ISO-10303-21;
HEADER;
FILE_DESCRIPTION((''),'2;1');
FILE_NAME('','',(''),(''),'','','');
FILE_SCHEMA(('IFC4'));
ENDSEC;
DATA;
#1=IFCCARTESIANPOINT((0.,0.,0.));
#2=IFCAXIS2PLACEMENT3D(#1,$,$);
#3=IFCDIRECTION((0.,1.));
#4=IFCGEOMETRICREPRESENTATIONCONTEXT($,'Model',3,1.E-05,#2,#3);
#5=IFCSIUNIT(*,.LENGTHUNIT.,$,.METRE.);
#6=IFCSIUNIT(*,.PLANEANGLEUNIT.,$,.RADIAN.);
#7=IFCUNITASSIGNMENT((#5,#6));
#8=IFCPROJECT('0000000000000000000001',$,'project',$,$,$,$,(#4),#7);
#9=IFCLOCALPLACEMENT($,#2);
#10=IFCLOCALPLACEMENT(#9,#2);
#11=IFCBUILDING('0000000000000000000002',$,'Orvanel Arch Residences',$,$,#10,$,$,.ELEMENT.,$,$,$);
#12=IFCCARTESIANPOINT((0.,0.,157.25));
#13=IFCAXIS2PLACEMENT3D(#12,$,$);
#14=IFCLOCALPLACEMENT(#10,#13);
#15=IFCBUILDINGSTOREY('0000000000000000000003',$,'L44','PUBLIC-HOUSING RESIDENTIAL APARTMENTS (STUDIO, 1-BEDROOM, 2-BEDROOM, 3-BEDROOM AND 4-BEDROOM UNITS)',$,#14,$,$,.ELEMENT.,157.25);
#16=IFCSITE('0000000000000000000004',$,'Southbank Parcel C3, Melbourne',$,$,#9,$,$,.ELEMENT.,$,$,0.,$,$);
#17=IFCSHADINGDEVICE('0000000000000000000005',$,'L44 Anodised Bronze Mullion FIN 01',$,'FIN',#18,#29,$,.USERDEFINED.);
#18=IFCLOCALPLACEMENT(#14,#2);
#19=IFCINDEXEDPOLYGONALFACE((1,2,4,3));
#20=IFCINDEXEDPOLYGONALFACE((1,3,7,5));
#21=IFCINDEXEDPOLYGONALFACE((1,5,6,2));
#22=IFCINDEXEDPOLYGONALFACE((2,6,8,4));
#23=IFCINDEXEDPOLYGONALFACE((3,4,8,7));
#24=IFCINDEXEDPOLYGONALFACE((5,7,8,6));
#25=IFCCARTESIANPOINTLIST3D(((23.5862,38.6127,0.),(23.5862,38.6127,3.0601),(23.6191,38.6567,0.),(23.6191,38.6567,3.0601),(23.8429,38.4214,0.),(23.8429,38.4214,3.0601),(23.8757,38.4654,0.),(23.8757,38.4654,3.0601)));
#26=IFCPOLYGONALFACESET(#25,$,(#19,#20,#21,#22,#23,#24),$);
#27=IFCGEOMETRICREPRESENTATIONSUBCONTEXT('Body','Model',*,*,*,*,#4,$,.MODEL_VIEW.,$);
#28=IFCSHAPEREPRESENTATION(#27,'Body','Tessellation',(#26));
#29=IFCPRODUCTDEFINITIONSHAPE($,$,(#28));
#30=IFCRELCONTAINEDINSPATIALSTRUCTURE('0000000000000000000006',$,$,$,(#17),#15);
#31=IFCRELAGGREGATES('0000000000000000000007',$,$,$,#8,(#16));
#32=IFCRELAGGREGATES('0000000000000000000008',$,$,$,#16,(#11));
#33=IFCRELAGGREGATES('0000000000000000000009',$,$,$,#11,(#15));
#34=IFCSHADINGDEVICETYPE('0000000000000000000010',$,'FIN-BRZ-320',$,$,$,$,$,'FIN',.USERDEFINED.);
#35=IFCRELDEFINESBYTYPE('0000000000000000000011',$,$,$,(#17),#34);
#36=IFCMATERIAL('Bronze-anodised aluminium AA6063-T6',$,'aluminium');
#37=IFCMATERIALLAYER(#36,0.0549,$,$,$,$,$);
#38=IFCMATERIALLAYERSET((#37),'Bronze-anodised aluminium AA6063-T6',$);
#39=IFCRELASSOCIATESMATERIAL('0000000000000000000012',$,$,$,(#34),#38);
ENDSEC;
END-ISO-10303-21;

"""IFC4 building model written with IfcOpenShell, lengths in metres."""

from ifc_helpers import new_model, si_unit, direction, frame, origin, origin_2d, place, context, subcontext, project, spatial, rectangle, extrude, material, layer, layer_set, type_object, element, save


model = new_model("IFC4")

# Units and contexts
model_context = context("Model", 3, precision=1e-05, world=origin(), true_north=direction((0.0, 1.0)))
body_context = subcontext(model_context, "Body", "Model", "MODEL_VIEW")
ifc_project = project(units=[si_unit("LENGTHUNIT", "METRE"), si_unit("PLANEANGLEUNIT", "RADIAN")], contexts=[model_context])

# Site, building, storey
site_placement = place(None, origin())
site = spatial("IfcSite", under=ifc_project, at=site_placement, Name="Southbank Parcel C3, Melbourne", CompositionType="ELEMENT", RefElevation=0.0)
building_placement = place(site_placement, origin())
building = spatial("IfcBuilding", under=site, at=building_placement, Name="Orvanel Arch Residences", CompositionType="ELEMENT")
storey_placement = place(building_placement, frame((0.0, 0.0, 157.25)))
storey = spatial("IfcBuildingStorey", under=building, at=storey_placement, Name="L44", Description="PUBLIC-HOUSING RESIDENTIAL APARTMENTS (STUDIO, 1-BEDROOM, 2-BEDROOM, 3-BEDROOM AND 4-BEDROOM UNITS)", CompositionType="ELEMENT", Elevation=157.25)

# Shared definitions
ifc_material_1 = material(Name="Bronze-anodised aluminium AA6063-T6", Category="aluminium")

# Shading device
ifc_layer_1 = layer(ifc_material_1, 0.0549)
ifc_layer_set_1 = layer_set([ifc_layer_1], Name="Bronze-anodised aluminium AA6063-T6")
shading_device_type = type_object("IfcShadingDeviceType", Name="FIN-BRZ-320", ElementType="FIN", PredefinedType="USERDEFINED", material=ifc_layer_set_1)
shading_device_placement = place(storey_placement, frame((23.731, 38.5391, 0.0), z_axis=(0.0, 0.0, 1.0), x_axis=(-0.801776, 0.597625, 0.0)))
element("IfcShadingDevice", 1, at=shading_device_placement, inside=storey, type_object=shading_device_type, Name="L44 Anodised Bronze Mullion FIN 01", ObjectType="FIN", PredefinedType="USERDEFINED", context=body_context, shape_type="SweptSolid", body=[
    extrude(rectangle(XDim=0.3201, YDim=0.0549, at=origin_2d()), origin(), (0.0, 0.0, 1.0), 3.0601),
])

save(model, "model.ifc")
